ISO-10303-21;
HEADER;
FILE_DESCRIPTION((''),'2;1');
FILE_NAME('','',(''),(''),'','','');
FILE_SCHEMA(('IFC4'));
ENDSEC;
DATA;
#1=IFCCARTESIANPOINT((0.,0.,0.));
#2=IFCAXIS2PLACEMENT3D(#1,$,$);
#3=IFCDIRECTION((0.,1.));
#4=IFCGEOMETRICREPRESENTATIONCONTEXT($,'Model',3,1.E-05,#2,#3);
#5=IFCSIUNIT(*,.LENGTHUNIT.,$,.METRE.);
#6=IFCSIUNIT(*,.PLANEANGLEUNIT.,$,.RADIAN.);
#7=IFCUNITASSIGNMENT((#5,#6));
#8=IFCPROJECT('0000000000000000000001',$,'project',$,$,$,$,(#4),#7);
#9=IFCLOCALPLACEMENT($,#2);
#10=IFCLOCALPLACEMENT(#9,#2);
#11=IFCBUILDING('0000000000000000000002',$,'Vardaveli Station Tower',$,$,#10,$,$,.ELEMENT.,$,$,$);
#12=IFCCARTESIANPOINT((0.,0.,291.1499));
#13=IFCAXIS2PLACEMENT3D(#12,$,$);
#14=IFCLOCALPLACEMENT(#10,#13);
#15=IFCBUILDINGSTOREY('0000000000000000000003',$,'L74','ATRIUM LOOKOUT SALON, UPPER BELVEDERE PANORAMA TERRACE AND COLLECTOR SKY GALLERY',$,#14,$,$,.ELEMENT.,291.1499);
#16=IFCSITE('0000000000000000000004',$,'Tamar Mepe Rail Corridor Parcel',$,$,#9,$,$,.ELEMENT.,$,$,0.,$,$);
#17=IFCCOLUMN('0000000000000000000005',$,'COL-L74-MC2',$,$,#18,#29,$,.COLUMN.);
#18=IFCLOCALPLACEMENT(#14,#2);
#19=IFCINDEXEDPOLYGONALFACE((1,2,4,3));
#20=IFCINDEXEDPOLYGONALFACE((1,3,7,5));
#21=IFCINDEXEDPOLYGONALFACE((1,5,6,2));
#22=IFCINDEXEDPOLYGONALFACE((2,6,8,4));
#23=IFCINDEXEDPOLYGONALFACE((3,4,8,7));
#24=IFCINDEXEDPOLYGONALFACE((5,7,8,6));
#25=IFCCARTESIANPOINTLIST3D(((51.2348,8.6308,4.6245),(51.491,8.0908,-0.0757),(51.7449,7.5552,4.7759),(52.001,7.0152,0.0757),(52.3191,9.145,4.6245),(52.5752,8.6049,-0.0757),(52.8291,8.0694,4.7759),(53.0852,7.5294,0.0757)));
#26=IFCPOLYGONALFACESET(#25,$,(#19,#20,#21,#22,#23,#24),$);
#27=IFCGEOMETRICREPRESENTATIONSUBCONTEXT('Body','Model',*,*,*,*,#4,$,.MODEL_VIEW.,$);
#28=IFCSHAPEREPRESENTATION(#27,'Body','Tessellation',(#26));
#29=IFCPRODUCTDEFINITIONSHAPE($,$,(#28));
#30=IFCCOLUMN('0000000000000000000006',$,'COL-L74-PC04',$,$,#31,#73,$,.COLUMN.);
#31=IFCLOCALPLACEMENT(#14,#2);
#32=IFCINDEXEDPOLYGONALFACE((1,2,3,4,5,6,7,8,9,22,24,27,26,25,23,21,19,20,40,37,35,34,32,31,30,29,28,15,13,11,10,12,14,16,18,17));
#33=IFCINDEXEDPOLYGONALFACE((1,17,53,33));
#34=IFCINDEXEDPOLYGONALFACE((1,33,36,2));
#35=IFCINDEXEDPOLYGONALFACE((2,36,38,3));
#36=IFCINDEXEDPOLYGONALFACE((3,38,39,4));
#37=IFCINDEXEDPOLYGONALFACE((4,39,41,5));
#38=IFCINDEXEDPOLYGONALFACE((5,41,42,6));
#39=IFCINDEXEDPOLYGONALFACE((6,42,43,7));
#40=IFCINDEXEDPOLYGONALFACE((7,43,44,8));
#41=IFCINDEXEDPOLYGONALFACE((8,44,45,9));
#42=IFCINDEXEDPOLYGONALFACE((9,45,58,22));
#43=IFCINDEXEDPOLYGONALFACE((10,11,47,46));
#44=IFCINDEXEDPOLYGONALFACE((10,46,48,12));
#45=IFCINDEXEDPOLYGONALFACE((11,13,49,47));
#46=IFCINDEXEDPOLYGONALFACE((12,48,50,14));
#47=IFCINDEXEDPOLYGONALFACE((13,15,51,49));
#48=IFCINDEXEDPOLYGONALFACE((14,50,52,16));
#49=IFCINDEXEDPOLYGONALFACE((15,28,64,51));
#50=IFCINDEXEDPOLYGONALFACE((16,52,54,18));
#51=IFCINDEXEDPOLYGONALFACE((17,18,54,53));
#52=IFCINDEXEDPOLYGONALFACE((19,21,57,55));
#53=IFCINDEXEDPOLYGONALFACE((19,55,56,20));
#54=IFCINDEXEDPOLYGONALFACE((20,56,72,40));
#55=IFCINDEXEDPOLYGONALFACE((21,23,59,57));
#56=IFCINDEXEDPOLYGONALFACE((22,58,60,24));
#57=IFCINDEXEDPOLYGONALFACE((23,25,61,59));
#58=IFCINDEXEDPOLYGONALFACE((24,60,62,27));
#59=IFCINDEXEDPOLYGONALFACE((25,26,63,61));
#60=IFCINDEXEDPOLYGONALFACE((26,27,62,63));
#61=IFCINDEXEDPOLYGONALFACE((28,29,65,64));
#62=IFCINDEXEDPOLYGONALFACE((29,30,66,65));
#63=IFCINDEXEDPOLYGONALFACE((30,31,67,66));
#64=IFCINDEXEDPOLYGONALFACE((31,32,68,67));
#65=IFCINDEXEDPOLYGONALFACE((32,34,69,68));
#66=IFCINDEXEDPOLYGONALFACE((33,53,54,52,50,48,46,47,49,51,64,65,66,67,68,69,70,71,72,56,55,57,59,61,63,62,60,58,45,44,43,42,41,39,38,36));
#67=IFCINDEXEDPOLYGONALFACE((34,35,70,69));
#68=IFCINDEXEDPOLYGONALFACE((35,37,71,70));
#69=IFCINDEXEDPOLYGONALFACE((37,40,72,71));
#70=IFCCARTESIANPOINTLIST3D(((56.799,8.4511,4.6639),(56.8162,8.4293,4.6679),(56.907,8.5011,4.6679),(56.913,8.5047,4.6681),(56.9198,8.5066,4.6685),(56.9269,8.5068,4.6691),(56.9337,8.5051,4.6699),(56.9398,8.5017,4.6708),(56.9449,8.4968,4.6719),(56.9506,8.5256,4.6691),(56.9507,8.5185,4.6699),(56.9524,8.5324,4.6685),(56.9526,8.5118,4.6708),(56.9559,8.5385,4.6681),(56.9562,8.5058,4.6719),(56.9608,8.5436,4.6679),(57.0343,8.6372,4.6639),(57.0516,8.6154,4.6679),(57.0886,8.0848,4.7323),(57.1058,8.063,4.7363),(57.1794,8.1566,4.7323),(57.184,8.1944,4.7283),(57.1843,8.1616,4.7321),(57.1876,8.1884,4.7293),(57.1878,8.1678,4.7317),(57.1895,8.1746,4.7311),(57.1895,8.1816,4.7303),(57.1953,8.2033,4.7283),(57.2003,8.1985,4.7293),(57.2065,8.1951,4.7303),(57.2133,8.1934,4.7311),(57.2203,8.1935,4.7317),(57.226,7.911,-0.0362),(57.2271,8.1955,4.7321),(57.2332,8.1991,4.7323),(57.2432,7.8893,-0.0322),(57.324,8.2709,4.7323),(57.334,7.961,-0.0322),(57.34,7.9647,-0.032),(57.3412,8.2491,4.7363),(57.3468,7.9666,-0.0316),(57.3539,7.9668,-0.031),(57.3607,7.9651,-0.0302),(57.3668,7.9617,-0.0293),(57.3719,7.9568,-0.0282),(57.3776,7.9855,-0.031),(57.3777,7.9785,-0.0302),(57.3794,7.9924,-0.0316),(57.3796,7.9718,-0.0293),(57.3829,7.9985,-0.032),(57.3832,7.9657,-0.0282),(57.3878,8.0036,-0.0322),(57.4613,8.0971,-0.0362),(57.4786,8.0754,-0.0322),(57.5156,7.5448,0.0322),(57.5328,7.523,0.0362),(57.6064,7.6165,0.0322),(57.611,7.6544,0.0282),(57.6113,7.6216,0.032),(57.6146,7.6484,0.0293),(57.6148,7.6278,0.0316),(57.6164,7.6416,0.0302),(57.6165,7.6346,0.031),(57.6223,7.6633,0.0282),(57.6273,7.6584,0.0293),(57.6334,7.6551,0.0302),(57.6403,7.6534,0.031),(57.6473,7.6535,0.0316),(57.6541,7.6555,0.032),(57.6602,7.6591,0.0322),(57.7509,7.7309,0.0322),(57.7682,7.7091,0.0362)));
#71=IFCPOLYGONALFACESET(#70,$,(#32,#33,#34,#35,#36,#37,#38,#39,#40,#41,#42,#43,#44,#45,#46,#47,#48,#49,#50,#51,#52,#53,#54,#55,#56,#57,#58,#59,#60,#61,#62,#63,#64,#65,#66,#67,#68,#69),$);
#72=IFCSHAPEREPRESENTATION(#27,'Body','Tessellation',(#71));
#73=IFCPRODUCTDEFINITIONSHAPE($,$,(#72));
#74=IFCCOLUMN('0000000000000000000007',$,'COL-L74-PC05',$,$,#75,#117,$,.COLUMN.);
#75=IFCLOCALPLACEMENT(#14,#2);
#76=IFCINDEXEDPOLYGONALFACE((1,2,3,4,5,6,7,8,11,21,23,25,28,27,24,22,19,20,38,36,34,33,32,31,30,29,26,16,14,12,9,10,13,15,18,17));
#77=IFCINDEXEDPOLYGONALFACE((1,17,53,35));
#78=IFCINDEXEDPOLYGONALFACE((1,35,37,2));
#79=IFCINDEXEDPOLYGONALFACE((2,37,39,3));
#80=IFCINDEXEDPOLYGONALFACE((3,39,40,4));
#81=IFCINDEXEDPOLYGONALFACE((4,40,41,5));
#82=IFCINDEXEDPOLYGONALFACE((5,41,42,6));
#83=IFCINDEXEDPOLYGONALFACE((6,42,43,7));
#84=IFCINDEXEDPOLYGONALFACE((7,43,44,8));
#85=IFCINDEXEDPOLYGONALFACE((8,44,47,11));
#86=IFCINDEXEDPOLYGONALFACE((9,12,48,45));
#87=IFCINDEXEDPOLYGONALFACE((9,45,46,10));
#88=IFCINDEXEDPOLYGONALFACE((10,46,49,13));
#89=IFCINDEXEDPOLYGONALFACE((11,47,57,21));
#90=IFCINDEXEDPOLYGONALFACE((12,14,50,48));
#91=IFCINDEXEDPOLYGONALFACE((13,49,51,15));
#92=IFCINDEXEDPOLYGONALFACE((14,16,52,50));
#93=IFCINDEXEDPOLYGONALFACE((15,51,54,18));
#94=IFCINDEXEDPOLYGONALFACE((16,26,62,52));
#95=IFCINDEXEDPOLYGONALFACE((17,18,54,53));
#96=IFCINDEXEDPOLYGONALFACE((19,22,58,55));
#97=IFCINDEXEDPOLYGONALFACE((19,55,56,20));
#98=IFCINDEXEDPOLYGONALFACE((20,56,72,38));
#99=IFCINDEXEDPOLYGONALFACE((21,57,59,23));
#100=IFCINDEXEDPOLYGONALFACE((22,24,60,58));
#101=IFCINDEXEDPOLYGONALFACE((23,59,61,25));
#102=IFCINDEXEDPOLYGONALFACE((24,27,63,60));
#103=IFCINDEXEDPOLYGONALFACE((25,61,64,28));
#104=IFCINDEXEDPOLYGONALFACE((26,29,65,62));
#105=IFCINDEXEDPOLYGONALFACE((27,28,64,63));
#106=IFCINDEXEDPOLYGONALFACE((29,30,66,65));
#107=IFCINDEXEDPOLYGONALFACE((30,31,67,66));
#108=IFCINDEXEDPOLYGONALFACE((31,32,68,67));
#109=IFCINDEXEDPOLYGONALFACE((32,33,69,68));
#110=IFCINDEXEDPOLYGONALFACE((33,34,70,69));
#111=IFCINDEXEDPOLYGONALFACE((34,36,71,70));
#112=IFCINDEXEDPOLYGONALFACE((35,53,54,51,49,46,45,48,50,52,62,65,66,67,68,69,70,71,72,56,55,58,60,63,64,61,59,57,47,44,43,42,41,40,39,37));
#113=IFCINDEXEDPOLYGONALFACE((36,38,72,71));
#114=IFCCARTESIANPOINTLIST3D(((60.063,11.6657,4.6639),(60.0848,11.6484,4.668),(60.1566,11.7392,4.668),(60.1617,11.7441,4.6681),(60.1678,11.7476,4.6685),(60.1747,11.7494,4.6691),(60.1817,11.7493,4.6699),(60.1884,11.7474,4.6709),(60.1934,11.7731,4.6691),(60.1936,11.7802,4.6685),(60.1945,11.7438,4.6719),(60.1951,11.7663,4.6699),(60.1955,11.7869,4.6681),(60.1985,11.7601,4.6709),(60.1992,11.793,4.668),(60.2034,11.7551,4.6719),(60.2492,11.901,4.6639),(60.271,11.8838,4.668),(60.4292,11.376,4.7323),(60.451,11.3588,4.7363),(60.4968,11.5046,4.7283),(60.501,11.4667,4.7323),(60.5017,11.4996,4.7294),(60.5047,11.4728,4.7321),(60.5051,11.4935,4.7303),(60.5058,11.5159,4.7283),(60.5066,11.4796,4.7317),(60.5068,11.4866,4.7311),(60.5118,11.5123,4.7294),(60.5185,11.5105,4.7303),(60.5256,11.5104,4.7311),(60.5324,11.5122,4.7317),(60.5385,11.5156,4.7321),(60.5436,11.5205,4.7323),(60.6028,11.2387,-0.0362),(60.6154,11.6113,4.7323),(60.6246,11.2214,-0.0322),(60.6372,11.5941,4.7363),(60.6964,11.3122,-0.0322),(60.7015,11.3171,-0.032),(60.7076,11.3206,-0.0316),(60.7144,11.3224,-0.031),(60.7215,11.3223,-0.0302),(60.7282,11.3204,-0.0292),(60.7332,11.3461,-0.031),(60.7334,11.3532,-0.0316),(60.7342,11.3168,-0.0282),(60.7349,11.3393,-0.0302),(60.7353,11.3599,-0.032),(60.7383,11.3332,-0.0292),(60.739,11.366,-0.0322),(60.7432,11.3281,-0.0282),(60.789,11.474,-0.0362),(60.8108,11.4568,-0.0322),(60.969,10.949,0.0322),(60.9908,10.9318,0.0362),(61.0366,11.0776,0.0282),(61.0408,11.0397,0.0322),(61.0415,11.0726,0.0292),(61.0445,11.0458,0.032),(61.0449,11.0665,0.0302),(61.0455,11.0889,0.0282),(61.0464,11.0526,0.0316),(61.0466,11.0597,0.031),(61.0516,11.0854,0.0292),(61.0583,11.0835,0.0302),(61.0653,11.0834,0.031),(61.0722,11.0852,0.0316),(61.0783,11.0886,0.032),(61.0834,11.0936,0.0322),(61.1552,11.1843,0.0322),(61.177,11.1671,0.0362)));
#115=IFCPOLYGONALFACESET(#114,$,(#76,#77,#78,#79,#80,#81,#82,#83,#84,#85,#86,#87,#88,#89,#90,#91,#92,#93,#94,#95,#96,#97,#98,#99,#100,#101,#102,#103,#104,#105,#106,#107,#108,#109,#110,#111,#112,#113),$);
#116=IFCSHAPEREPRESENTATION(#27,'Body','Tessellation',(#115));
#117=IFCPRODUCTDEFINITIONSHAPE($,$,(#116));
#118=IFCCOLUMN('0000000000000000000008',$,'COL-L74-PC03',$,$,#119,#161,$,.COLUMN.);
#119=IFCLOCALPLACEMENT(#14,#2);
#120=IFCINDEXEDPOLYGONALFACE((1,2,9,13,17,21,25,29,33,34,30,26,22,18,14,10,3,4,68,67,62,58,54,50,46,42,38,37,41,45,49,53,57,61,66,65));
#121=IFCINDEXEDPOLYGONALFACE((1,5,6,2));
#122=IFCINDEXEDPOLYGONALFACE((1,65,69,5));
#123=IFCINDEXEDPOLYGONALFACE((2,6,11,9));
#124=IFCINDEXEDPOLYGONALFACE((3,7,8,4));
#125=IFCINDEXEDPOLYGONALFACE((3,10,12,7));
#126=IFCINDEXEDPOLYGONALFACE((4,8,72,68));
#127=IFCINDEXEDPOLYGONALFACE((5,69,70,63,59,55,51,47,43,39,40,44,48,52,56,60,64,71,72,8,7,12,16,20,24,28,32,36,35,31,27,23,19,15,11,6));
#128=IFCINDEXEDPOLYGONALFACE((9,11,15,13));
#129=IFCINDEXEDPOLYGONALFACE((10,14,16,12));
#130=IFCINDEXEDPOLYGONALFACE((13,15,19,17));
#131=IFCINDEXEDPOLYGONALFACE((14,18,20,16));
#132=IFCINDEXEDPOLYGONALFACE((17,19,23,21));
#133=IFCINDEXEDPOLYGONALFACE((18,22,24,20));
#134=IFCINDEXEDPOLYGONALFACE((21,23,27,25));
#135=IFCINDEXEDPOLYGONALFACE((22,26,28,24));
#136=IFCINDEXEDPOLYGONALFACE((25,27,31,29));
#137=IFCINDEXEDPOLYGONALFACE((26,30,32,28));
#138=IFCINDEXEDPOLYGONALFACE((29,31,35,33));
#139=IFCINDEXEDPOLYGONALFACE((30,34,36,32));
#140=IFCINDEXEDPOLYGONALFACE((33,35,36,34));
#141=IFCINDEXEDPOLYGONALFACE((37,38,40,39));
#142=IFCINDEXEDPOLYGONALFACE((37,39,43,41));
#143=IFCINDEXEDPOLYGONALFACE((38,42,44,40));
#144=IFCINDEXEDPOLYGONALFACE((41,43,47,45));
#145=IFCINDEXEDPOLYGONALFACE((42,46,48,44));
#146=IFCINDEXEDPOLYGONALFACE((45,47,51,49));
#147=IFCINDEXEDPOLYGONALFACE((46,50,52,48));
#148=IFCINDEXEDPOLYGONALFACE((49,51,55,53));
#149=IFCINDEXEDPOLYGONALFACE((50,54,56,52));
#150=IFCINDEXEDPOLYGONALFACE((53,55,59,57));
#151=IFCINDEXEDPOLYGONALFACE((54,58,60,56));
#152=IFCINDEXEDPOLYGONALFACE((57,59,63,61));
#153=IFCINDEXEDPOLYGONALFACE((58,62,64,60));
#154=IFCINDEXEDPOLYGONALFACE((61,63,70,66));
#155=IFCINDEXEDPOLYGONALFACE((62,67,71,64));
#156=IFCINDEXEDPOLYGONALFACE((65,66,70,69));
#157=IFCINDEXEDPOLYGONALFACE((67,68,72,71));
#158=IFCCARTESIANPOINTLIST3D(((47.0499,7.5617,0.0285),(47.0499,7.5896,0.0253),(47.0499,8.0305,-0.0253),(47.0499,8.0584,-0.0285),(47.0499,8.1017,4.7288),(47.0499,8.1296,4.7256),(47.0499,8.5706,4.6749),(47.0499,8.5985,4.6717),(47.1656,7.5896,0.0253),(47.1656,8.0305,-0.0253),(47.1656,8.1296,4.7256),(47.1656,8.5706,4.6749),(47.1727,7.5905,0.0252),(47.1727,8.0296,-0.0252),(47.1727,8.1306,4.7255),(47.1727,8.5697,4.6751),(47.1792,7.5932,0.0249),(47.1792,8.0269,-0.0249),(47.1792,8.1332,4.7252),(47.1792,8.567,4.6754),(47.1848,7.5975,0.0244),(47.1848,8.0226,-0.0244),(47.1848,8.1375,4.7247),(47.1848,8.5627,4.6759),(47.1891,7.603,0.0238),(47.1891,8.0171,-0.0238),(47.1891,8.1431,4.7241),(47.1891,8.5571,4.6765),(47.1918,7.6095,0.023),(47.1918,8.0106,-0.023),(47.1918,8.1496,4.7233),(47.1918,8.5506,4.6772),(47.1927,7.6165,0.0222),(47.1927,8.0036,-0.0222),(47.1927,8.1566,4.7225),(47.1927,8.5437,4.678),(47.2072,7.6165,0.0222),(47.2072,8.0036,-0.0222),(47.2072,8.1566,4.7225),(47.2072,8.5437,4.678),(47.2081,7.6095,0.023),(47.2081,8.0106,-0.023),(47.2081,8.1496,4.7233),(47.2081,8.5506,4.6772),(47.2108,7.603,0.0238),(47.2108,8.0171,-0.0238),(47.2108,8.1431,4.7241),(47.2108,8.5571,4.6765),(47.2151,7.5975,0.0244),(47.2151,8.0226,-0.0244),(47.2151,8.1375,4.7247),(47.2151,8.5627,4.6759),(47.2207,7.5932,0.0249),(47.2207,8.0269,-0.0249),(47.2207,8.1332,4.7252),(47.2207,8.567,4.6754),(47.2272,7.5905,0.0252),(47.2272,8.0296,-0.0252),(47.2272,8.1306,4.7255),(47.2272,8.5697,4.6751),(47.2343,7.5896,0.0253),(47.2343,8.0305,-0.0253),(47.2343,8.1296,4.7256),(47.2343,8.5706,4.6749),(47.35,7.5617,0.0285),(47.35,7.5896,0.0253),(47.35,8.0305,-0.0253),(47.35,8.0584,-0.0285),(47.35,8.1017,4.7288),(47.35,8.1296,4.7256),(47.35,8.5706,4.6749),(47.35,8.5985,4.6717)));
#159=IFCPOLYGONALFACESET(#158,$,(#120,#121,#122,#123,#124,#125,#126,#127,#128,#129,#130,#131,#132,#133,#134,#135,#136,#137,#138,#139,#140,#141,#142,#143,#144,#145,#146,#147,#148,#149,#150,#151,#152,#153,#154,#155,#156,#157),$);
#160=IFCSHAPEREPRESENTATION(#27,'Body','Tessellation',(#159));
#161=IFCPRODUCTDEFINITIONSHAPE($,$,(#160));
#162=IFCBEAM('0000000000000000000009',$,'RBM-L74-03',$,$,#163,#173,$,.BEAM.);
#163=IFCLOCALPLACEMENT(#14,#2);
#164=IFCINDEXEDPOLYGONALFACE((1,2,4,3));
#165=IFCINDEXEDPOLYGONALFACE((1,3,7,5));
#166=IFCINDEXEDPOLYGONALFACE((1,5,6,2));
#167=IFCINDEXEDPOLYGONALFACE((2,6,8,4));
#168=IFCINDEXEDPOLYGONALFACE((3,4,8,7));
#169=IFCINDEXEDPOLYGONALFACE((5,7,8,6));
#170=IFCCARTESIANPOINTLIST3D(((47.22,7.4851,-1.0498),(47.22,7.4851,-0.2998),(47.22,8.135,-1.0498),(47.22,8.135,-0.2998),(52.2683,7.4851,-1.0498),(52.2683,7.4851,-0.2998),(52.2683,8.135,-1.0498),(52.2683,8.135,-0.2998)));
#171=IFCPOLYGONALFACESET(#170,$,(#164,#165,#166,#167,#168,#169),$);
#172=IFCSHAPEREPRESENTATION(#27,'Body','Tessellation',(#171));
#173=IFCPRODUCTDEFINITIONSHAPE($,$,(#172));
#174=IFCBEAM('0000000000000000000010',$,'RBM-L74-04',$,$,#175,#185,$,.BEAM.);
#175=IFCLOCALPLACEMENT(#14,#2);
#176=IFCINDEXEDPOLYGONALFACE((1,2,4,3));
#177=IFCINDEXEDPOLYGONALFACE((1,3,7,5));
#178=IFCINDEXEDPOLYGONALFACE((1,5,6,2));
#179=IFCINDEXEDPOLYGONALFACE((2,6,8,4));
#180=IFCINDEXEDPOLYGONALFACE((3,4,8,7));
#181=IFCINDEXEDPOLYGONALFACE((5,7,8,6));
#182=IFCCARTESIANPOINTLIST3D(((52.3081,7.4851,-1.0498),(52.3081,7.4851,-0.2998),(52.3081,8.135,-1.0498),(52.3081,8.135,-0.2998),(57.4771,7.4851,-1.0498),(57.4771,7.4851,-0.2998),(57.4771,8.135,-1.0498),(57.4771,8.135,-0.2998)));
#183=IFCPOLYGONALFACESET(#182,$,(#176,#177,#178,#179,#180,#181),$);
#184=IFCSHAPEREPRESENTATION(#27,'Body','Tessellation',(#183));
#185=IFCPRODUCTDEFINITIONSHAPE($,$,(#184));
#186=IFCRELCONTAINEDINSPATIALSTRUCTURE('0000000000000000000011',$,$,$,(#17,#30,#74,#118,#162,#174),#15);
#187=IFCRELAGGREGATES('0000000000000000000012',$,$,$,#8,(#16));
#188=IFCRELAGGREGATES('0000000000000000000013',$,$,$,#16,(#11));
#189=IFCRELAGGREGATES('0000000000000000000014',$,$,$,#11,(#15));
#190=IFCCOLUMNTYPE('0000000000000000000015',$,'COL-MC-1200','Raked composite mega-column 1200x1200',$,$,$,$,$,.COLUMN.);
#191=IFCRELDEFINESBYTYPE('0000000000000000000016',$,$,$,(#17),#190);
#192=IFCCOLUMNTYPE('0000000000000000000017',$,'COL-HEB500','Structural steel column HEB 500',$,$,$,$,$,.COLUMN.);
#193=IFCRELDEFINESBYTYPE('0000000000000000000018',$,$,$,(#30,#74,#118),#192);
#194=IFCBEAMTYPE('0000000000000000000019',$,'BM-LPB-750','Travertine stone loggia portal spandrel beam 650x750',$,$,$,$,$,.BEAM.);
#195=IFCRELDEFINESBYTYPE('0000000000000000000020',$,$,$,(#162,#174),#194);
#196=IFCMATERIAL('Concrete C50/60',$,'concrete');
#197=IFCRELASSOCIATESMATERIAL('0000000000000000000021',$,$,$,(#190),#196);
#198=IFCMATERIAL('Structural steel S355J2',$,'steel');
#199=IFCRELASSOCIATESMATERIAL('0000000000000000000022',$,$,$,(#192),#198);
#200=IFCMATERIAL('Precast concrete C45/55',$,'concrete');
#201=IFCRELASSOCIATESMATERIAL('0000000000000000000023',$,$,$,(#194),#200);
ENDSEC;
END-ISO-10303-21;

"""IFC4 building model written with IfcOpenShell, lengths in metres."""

from ifc_helpers import new_model, si_unit, direction, frame, origin, origin_2d, place, context, subcontext, project, spatial, rectangle, i_section, extrude, source, transform, mapped, material, material_profile, profile_set, type_object, element, save


model = new_model("IFC4")

# Units and contexts
model_context = context("Model", 3, precision=1e-05, world=origin(), true_north=direction((0.0, 1.0)))
body_context = subcontext(model_context, "Body", "Model", "MODEL_VIEW")
ifc_project = project(units=[si_unit("LENGTHUNIT", "METRE"), si_unit("PLANEANGLEUNIT", "RADIAN")], contexts=[model_context])

# Site, building, storey
site_placement = place(None, origin())
site = spatial("IfcSite", under=ifc_project, at=site_placement, Name="Tamar Mepe Rail Corridor Parcel", CompositionType="ELEMENT", RefElevation=0.0)
building_placement = place(site_placement, origin())
building = spatial("IfcBuilding", under=site, at=building_placement, Name="Vardaveli Station Tower", CompositionType="ELEMENT")
storey_placement = place(building_placement, frame((0.0, 0.0, 291.1499)))
storey = spatial("IfcBuildingStorey", under=building, at=storey_placement, Name="L74", Description="ATRIUM LOOKOUT SALON, UPPER BELVEDERE PANORAMA TERRACE AND COLLECTOR SKY GALLERY", CompositionType="ELEMENT", Elevation=291.1499)

# Columns
ifc_material_1 = material(Name="Concrete C50/60", Category="concrete")
ifc_material_profile_1 = material_profile(ifc_material_1, rectangle(XDim=1.2, YDim=1.2, at=origin_2d()), Name="MC 1200x1200")
ifc_profile_set_1 = profile_set([ifc_material_profile_1], Name="Concrete C50/60")
column_type_1 = type_object("IfcColumnType", Name="COL-MC-1200", Description="Raked composite mega-column 1200x1200", PredefinedType="COLUMN", material=ifc_profile_set_1)
shared_shape_1 = source(origin(), body_context, "Body", "SweptSolid", [
    extrude(rectangle(XDim=1.2, YDim=1.2, at=origin_2d()), origin(), (0.0, 0.0, 1.0), 4.738),
])
column_1_placement = place(storey_placement, frame((52.2881, 7.8101, 0.0), z_axis=(-0.054053, 0.113979, 0.992012), x_axis=(-0.903546, -0.42849, 0.0)))
element("IfcColumn", 1, at=column_1_placement, inside=storey, type_object=column_type_1, Name="COL-L74-MC2", PredefinedType="COLUMN", context=body_context, shape_type="MappedRepresentation", body=[
    mapped(shared_shape_1, transform((0.0, 0.0, 0.0), scale=1.0)),
])
ifc_material_2 = material(Name="Structural steel S355J2", Category="steel")
ifc_material_profile_2 = material_profile(ifc_material_2, i_section(OverallWidth=0.3, OverallDepth=0.5, WebThickness=0.0144, FlangeThickness=0.0281, FilletRadius=0.0271, at=origin_2d()), Name="HEB 500")
ifc_profile_set_2 = profile_set([ifc_material_profile_2], Name="Structural steel S355J2")
column_type_2 = type_object("IfcColumnType", Name="COL-HEB500", Description="Structural steel column HEB 500", PredefinedType="COLUMN", material=ifc_profile_set_2)
shared_shape_2 = source(origin(), body_context, "Body", "SweptSolid", [
    extrude(i_section(OverallWidth=0.3, OverallDepth=0.5, WebThickness=0.0144, FlangeThickness=0.0281, FilletRadius=0.0271, at=origin_2d()), origin(), (0.0, 0.0, 1.0), 4.7502),
])
for number, where, z_axis, x_axis, name in (
    (2, (57.4971, 7.8101, 0.0), (-0.089889, 0.113684, 0.989442), (-0.78442, -0.620231, 0.0), "COL-L74-PC04"),
    (3, (60.8899, 11.2029, 0.0), (-0.113633, 0.089889, 0.989448), (-0.620403, -0.784283, 0.0), "COL-L74-PC05"),
):
    element("IfcColumn", number, at=place(storey_placement, frame(where, z_axis=z_axis, x_axis=x_axis)), inside=storey, type_object=column_type_2, Name=name, PredefinedType="COLUMN", context=body_context, shape_type="MappedRepresentation", body=[
        mapped(shared_shape_2, transform((0.0, 0.0, 0.0), scale=1.0)),
    ])
shared_shape_3 = source(origin(), body_context, "Body", "SweptSolid", [
    extrude(i_section(OverallWidth=0.3, OverallDepth=0.5, WebThickness=0.0144, FlangeThickness=0.0281, FilletRadius=0.0271, at=origin_2d()), origin(), (0.0, 0.0, 1.0), 4.7312),
])
column_2_placement = place(storey_placement, frame((47.2, 7.8101, 0.0), z_axis=(0.0, 0.114146, 0.993464), x_axis=(-1.0, 0.0, 0.0)))
element("IfcColumn", 4, at=column_2_placement, inside=storey, type_object=column_type_2, Name="COL-L74-PC03", PredefinedType="COLUMN", context=body_context, shape_type="MappedRepresentation", body=[
    mapped(shared_shape_3, transform((0.0, 0.0, 0.0), scale=1.0)),
])

# Beams
ifc_material_3 = material(Name="Precast concrete C45/55", Category="concrete")
ifc_material_profile_3 = material_profile(ifc_material_3, rectangle(XDim=0.6499, YDim=0.75, at=origin_2d()), Name="LPB 650x750")
ifc_profile_set_3 = profile_set([ifc_material_profile_3], Name="Precast concrete C45/55")
beam_type_1 = type_object("IfcBeamType", Name="BM-LPB-750", Description="Travertine stone loggia portal spandrel beam 650x750", PredefinedType="BEAM", material=ifc_profile_set_3)
shared_shape_4 = source(origin(), body_context, "Body", "SweptSolid", [
    extrude(rectangle(XDim=0.6499, YDim=0.75, at=origin_2d()), origin(), (0.0, 0.0, 1.0), 5.0483),
])
beam_1_placement = place(storey_placement, frame((47.22, 7.8101, -0.6748), z_axis=(1.0, 0.0, 0.0), x_axis=(0.0, 1.0, 0.0)))
element("IfcBeam", 5, at=beam_1_placement, inside=storey, type_object=beam_type_1, Name="RBM-L74-03", PredefinedType="BEAM", context=body_context, shape_type="MappedRepresentation", body=[
    mapped(shared_shape_4, transform((0.0, 0.0, 0.0), scale=1.0)),
])
shared_shape_5 = source(origin(), body_context, "Body", "SweptSolid", [
    extrude(rectangle(XDim=0.6499, YDim=0.75, at=origin_2d()), origin(), (0.0, 0.0, 1.0), 5.1689),
])
for number, where, z_axis, x_axis, name in (
    (6, (52.3081, 7.8101, -0.6748), (1.0, 0.0, 0.0), (0.0, 1.0, 0.0), "RBM-L74-04"),
):
    element("IfcBeam", number, at=place(storey_placement, frame(where, z_axis=z_axis, x_axis=x_axis)), inside=storey, type_object=beam_type_1, Name=name, PredefinedType="BEAM", context=body_context, shape_type="MappedRepresentation", body=[
        mapped(shared_shape_5, transform((0.0, 0.0, 0.0), scale=1.0)),
    ])

save(model, "model.ifc")
